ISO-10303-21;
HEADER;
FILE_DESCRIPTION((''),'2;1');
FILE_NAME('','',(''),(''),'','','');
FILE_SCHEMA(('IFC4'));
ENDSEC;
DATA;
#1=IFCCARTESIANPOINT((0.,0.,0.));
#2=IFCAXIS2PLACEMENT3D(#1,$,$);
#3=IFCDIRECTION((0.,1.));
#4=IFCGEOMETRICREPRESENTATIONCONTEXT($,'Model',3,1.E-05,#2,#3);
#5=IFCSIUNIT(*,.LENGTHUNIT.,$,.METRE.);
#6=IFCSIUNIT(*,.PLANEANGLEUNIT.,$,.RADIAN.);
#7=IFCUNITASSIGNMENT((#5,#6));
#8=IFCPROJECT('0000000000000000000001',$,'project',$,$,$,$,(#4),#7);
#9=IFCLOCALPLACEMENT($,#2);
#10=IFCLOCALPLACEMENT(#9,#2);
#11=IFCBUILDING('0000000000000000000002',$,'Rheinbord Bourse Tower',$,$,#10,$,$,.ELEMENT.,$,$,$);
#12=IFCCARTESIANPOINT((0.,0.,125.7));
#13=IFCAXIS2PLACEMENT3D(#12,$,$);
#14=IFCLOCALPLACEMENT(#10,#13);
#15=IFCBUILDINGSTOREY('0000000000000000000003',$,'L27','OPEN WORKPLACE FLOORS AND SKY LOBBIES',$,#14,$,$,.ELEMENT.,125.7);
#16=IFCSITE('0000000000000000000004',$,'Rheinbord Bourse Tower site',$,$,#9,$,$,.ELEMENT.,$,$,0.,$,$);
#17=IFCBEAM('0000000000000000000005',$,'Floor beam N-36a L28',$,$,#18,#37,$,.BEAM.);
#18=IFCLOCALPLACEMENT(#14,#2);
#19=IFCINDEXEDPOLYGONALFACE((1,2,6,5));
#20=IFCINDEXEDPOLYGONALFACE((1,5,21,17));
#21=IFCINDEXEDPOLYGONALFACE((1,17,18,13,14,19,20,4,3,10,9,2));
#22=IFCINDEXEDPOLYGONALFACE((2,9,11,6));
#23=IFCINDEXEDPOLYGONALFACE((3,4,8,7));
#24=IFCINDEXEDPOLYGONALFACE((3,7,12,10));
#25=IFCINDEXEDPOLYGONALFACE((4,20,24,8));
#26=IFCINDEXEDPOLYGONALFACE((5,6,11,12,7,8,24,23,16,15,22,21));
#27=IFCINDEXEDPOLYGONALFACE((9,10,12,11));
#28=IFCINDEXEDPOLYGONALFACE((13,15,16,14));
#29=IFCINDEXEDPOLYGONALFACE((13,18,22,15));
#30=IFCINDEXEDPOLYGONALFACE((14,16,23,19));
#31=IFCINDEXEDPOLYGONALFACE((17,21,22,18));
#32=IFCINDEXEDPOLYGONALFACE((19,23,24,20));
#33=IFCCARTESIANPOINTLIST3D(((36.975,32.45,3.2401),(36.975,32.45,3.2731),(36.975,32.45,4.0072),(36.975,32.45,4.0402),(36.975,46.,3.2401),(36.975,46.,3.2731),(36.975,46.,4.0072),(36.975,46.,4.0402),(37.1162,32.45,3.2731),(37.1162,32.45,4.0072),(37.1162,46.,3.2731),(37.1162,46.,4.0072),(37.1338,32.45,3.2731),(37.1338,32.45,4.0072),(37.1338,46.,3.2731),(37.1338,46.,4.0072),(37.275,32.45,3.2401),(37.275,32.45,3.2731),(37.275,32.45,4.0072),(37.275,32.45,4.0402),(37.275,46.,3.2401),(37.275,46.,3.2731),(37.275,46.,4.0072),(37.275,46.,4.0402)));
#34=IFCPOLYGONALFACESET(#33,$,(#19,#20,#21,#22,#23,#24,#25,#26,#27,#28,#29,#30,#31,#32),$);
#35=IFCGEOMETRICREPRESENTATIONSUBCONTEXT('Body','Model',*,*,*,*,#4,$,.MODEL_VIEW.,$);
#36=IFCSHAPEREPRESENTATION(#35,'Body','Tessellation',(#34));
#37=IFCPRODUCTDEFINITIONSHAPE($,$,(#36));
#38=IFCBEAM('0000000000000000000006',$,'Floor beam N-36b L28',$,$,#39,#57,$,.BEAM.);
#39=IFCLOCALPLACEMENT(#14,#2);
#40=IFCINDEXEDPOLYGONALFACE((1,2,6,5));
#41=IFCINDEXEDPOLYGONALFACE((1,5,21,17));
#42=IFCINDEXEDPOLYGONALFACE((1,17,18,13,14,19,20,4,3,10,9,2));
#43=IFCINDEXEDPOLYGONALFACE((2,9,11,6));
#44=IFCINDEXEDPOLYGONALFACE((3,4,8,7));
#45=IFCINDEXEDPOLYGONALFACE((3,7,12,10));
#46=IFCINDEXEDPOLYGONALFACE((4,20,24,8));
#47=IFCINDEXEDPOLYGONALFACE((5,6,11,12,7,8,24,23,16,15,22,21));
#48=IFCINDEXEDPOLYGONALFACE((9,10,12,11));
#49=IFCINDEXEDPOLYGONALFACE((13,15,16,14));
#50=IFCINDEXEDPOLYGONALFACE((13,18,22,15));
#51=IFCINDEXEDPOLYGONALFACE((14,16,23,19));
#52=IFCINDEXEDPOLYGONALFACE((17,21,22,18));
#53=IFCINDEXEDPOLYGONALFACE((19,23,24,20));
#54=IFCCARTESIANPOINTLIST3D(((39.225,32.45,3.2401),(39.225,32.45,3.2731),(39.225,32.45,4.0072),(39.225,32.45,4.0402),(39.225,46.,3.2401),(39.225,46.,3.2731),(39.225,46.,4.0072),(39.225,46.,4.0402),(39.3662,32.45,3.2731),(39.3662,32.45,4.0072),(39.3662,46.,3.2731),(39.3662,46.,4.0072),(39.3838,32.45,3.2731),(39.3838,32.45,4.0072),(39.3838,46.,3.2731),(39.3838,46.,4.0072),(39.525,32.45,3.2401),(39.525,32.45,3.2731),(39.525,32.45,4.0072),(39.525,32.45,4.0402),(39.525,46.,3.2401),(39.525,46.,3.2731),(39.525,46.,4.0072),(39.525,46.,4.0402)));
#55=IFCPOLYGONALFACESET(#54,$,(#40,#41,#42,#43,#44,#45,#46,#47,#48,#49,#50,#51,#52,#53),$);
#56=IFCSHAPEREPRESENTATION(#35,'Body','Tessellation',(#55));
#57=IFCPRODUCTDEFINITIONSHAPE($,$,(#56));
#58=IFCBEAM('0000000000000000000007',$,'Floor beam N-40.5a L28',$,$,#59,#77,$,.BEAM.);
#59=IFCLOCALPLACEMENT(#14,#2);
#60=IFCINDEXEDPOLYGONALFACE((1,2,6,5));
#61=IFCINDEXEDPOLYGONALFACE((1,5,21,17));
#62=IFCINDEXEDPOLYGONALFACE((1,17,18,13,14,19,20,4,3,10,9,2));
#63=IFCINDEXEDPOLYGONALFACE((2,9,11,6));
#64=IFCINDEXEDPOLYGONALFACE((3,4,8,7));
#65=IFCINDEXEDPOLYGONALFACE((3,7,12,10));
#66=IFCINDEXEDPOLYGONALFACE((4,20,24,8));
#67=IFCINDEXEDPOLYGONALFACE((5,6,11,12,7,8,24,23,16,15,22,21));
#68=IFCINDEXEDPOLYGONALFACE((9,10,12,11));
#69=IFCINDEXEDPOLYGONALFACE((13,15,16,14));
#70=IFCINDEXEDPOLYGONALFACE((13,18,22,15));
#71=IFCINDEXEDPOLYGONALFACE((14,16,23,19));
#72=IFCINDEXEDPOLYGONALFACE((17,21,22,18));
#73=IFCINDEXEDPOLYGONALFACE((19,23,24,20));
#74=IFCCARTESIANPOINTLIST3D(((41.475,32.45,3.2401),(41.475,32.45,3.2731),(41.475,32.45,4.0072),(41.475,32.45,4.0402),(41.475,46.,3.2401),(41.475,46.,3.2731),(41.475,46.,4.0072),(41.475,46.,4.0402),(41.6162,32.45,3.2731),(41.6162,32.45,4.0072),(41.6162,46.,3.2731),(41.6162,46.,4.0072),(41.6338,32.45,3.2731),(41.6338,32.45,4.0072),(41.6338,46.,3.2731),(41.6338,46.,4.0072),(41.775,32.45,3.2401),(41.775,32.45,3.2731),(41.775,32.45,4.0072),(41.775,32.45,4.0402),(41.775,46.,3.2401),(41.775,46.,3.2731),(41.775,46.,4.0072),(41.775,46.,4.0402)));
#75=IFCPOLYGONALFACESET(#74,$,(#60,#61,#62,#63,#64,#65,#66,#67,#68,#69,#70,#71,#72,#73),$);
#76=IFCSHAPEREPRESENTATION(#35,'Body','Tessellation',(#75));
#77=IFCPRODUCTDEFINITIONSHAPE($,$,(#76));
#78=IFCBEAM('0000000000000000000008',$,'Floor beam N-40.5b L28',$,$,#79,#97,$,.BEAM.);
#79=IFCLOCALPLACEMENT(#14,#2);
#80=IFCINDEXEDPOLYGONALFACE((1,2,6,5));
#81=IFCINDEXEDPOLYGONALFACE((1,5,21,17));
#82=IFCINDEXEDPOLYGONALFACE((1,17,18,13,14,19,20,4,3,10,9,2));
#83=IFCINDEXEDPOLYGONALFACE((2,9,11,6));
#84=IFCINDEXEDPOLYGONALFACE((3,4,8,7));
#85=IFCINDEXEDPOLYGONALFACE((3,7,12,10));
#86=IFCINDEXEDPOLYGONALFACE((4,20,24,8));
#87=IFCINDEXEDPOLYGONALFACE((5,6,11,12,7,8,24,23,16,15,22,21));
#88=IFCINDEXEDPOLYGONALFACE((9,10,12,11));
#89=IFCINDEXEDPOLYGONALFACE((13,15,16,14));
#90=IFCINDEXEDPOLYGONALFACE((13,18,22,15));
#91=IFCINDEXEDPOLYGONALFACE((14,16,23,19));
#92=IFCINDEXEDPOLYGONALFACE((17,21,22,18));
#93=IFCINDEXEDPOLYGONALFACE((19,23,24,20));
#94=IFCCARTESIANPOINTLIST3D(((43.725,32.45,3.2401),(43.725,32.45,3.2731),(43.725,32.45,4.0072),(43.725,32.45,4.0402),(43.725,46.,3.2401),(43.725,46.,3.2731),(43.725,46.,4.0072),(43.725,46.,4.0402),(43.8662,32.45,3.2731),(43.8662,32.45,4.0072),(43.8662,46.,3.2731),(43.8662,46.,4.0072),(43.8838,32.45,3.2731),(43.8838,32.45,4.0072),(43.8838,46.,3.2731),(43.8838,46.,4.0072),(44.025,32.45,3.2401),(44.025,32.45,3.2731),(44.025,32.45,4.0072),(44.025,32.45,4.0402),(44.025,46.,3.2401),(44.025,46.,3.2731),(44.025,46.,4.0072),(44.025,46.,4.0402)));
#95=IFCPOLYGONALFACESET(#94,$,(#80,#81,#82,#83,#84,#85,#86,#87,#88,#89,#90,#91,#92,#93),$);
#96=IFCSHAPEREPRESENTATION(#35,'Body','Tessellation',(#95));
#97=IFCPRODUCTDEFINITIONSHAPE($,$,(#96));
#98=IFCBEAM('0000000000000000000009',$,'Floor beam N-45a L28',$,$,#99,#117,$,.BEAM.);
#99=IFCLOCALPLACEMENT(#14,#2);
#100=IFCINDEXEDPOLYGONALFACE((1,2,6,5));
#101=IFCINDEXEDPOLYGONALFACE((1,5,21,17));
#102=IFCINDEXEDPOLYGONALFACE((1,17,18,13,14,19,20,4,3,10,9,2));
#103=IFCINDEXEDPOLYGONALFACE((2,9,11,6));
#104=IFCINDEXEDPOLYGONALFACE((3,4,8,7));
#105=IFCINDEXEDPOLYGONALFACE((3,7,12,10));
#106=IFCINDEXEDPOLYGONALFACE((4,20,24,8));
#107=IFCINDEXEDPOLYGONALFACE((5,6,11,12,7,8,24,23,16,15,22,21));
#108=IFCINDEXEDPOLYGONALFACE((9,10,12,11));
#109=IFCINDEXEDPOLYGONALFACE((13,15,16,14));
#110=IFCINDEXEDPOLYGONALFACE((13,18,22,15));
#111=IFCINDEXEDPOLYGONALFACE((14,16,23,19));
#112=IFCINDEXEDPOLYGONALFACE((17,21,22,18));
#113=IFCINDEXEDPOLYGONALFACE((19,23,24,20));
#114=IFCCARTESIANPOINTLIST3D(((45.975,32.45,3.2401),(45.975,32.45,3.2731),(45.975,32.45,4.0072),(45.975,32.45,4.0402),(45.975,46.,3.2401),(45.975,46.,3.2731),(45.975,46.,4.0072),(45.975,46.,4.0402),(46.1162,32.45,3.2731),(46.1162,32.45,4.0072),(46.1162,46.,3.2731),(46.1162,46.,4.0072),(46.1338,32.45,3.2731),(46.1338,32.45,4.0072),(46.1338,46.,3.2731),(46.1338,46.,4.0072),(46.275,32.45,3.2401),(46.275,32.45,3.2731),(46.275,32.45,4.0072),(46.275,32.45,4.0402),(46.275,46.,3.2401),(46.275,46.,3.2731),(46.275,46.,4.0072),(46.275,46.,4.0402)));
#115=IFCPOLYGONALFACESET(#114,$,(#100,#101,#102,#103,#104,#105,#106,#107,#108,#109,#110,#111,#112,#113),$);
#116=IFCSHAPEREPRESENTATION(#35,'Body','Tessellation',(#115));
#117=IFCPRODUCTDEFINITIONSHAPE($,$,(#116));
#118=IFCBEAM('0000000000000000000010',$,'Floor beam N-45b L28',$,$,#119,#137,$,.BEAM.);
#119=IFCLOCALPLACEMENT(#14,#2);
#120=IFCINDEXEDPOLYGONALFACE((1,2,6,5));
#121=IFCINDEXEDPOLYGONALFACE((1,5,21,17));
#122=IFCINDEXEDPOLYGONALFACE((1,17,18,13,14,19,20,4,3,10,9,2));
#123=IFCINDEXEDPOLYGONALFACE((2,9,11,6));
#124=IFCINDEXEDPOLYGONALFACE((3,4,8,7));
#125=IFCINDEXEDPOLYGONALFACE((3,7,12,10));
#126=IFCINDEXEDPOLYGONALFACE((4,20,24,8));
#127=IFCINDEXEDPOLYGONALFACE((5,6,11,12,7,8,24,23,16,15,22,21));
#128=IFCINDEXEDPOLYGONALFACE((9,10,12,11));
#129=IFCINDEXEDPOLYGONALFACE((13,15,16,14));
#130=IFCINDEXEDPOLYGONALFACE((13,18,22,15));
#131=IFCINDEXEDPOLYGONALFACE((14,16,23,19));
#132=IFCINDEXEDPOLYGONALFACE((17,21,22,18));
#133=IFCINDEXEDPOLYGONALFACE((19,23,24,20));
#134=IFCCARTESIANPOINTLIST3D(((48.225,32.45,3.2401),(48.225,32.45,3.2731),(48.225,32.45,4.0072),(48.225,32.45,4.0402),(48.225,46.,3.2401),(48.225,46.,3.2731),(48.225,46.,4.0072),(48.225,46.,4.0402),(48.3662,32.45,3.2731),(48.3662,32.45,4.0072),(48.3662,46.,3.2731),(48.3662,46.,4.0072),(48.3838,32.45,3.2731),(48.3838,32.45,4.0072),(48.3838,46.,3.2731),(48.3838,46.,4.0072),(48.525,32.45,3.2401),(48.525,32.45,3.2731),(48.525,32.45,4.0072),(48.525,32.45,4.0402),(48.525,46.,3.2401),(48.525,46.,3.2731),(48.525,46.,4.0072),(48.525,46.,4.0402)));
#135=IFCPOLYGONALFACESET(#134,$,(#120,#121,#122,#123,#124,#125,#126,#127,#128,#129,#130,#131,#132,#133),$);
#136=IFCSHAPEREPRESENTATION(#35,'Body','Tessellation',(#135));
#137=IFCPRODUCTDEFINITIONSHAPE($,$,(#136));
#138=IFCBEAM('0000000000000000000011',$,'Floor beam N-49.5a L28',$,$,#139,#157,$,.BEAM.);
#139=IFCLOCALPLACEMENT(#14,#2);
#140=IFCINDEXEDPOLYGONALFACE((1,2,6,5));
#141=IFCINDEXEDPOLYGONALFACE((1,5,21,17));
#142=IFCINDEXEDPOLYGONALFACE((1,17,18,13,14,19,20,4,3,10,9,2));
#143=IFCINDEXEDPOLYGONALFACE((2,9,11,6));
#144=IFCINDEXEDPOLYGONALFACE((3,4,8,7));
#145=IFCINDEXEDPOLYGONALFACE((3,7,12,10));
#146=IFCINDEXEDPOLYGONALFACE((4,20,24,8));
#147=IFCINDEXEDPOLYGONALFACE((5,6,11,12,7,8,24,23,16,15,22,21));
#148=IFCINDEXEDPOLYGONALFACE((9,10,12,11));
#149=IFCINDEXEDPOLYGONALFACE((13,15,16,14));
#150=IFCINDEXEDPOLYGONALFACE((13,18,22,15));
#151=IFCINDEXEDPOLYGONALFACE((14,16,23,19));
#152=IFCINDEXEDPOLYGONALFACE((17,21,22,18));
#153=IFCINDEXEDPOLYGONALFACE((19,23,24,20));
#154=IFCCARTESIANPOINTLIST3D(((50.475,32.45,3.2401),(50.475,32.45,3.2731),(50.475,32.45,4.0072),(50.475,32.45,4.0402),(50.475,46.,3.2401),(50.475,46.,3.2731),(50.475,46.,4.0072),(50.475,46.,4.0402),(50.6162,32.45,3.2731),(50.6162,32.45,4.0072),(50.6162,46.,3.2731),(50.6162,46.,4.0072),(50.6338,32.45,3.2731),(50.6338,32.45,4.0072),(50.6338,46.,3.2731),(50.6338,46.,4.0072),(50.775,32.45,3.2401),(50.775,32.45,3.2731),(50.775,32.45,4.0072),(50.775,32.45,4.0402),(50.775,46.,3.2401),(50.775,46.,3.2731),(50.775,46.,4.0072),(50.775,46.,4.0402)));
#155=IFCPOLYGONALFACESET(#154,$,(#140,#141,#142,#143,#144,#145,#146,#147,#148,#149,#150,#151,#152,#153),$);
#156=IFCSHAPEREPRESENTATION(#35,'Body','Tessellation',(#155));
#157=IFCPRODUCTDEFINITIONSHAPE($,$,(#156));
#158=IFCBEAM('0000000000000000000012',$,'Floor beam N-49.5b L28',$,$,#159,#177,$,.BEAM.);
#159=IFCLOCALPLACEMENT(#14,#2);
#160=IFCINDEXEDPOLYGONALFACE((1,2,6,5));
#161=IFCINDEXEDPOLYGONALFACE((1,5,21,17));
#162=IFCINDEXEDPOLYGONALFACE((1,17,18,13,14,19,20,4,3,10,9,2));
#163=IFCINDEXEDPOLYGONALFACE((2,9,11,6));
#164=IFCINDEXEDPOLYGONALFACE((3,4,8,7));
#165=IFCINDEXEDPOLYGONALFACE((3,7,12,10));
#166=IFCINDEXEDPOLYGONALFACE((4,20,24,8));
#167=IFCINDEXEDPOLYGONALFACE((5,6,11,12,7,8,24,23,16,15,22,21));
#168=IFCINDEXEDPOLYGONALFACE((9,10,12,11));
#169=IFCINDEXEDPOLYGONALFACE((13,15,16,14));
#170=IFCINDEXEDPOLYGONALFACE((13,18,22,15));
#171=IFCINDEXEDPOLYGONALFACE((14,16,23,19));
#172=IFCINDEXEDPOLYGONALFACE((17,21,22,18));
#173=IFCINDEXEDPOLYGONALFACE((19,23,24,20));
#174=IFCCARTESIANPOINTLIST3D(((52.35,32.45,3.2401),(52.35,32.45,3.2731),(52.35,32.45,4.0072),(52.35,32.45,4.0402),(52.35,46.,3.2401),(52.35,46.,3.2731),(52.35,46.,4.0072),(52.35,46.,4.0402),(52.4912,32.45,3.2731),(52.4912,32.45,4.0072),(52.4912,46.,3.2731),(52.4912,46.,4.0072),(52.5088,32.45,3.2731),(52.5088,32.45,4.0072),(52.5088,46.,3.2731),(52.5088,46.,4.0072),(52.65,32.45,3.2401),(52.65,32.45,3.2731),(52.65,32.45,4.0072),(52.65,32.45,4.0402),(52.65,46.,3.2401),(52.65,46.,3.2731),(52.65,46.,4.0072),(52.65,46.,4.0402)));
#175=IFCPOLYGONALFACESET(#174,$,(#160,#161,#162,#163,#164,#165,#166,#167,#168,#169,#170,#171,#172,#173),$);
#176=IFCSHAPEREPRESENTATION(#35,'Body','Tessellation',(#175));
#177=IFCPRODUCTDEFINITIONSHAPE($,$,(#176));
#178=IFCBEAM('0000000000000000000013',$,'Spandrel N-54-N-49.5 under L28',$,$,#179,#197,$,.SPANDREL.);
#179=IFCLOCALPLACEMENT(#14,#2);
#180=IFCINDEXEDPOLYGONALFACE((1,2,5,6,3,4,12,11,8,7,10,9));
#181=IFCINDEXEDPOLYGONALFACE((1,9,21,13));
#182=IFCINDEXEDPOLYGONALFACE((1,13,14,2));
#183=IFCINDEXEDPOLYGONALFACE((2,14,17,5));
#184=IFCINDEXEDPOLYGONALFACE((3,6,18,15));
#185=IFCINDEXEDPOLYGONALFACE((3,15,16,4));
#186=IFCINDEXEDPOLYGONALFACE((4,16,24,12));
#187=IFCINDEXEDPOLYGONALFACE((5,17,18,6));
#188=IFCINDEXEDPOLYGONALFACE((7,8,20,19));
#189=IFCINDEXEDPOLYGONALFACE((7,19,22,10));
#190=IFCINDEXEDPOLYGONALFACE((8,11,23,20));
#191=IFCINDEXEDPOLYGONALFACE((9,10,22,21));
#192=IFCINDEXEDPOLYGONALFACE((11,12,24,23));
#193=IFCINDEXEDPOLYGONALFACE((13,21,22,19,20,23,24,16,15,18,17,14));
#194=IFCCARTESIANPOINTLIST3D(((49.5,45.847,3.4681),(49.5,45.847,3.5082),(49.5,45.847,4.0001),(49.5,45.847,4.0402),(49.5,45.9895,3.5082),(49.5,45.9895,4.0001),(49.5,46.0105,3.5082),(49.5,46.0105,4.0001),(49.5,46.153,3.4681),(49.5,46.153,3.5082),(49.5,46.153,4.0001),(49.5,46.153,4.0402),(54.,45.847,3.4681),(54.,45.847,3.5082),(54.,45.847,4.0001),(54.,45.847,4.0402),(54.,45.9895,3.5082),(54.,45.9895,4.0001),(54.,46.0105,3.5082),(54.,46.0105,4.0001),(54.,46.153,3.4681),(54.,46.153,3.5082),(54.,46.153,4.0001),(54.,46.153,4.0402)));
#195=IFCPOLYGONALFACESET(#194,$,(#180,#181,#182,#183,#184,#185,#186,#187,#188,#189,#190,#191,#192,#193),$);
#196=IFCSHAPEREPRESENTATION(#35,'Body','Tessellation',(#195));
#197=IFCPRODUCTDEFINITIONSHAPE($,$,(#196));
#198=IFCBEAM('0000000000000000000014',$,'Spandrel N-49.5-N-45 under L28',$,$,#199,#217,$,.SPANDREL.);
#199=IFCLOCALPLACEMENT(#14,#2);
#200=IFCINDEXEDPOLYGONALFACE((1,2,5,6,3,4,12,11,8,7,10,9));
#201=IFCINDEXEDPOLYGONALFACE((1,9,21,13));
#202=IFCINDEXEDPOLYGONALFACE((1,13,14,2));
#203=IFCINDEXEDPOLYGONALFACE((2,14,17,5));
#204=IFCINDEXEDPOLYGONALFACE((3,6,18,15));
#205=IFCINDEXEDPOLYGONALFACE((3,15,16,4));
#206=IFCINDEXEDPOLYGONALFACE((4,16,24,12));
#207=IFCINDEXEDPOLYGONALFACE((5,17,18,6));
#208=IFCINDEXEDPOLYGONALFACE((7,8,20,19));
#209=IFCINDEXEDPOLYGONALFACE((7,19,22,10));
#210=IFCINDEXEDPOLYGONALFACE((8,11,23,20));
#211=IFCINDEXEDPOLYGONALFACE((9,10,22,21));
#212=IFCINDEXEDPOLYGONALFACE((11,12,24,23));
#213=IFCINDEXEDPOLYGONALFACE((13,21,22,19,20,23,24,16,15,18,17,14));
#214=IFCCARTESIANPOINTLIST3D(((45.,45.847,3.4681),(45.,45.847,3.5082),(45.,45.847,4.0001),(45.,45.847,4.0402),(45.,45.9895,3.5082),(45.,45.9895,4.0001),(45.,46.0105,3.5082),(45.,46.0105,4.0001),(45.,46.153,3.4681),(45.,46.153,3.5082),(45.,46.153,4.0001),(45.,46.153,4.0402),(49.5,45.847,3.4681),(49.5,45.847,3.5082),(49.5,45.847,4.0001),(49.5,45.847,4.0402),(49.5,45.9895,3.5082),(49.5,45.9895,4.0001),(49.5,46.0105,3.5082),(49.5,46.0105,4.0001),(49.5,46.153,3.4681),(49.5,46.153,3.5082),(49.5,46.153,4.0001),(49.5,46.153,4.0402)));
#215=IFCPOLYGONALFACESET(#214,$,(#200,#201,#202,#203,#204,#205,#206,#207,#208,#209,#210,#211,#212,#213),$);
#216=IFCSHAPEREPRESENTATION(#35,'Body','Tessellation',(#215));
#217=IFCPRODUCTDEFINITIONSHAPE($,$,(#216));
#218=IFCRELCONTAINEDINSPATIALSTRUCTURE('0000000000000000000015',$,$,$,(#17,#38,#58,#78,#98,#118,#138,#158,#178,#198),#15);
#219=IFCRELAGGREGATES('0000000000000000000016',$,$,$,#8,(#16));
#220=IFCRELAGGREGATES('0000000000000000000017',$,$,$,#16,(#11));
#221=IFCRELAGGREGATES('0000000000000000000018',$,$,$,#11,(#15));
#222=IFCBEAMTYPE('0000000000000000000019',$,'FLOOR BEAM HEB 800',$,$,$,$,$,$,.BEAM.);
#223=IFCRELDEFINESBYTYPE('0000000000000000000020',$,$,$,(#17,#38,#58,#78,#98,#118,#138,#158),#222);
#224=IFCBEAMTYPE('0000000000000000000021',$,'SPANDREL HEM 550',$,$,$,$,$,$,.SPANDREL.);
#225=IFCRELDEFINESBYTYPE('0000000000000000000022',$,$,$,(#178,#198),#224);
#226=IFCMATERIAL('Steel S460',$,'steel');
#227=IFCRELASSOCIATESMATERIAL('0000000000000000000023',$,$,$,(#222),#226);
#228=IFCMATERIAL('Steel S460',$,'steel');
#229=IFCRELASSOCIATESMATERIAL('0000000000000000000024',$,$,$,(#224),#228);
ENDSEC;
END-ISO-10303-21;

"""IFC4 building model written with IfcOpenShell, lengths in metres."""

from ifc_helpers import new_model, si_unit, direction, frame, origin, origin_2d, place, context, subcontext, project, spatial, i_section, extrude, material, material_profile, profile_set, type_object, element, save


model = new_model("IFC4")

# Units and contexts
model_context = context("Model", 3, precision=1e-05, world=origin(), true_north=direction((0.0, 1.0)))
body_context = subcontext(model_context, "Body", "Model", "MODEL_VIEW")
ifc_project = project(units=[si_unit("LENGTHUNIT", "METRE"), si_unit("PLANEANGLEUNIT", "RADIAN")], contexts=[model_context])

# Site, building, storey
site_placement = place(None, origin())
site = spatial("IfcSite", under=ifc_project, at=site_placement, Name="Rheinbord Bourse Tower site", CompositionType="ELEMENT", RefElevation=0.0)
building_placement = place(site_placement, origin())
building = spatial("IfcBuilding", under=site, at=building_placement, Name="Rheinbord Bourse Tower", CompositionType="ELEMENT")
storey_placement = place(building_placement, frame((0.0, 0.0, 125.7)))
storey = spatial("IfcBuildingStorey", under=building, at=storey_placement, Name="L27", Description="OPEN WORKPLACE FLOORS AND SKY LOBBIES", CompositionType="ELEMENT", Elevation=125.7)

# Beams
ifc_material_1 = material(Name="Steel S460", Category="steel")
ifc_material_profile_1 = material_profile(ifc_material_1, i_section(OverallWidth=0.3, OverallDepth=0.8, WebThickness=0.0176, FlangeThickness=0.033, at=origin_2d()), Name="HEB 800")
ifc_profile_set_1 = profile_set([ifc_material_profile_1], Name="Steel S460")
beam_type_1 = type_object("IfcBeamType", Name="FLOOR BEAM HEB 800", PredefinedType="BEAM", material=ifc_profile_set_1)
for number, where, z_axis, x_axis, name in (
    (1, (37.125, 46.0, 3.6401), (0.0, -1.0, 0.0), (1.0, 0.0, 0.0), "Floor beam N-36a L28"),
    (2, (39.375, 46.0, 3.6401), (0.0, -1.0, 0.0), (1.0, 0.0, 0.0), "Floor beam N-36b L28"),
    (3, (41.625, 46.0, 3.6401), (0.0, -1.0, 0.0), (1.0, 0.0, 0.0), "Floor beam N-40.5a L28"),
    (4, (43.875, 46.0, 3.6401), (0.0, -1.0, 0.0), (1.0, 0.0, 0.0), "Floor beam N-40.5b L28"),
    (5, (46.125, 46.0, 3.6401), (0.0, -1.0, 0.0), (1.0, 0.0, 0.0), "Floor beam N-45a L28"),
    (6, (48.375, 46.0, 3.6401), (0.0, -1.0, 0.0), (1.0, 0.0, 0.0), "Floor beam N-45b L28"),
    (7, (50.625, 46.0, 3.6401), (0.0, -1.0, 0.0), (1.0, 0.0, 0.0), "Floor beam N-49.5a L28"),
    (8, (52.5, 46.0, 3.6401), (0.0, -1.0, 0.0), (1.0, 0.0, 0.0), "Floor beam N-49.5b L28"),
):
    element("IfcBeam", number, at=place(storey_placement, frame(where, z_axis=z_axis, x_axis=x_axis)), inside=storey, type_object=beam_type_1, Name=name, PredefinedType="BEAM", context=body_context, shape_type="SweptSolid", body=[
        extrude(i_section(OverallWidth=0.3, OverallDepth=0.8, WebThickness=0.0176, FlangeThickness=0.033, at=origin_2d()), origin(), (0.0, 0.0, 1.0), 13.55),
    ])
ifc_material_2 = material(Name="Steel S460", Category="steel")
ifc_material_profile_2 = material_profile(ifc_material_2, i_section(OverallWidth=0.3059, OverallDepth=0.572, WebThickness=0.021, FlangeThickness=0.04, at=origin_2d()), Name="HEM 550")
ifc_profile_set_2 = profile_set([ifc_material_profile_2], Name="Steel S460")
beam_type_2 = type_object("IfcBeamType", Name="SPANDREL HEM 550", PredefinedType="SPANDREL", material=ifc_profile_set_2)
for number, where, z_axis, x_axis, name in (
    (9, (54.0, 46.0, 3.7542), (-1.0, 0.0, 0.0), (0.0, -1.0, 0.0), "Spandrel N-54-N-49.5 under L28"),
    (10, (49.5, 46.0, 3.7542), (-1.0, 0.0, 0.0), (0.0, -1.0, 0.0), "Spandrel N-49.5-N-45 under L28"),
):
    element("IfcBeam", number, at=place(storey_placement, frame(where, z_axis=z_axis, x_axis=x_axis)), inside=storey, type_object=beam_type_2, Name=name, PredefinedType="SPANDREL", context=body_context, shape_type="SweptSolid", body=[
        extrude(i_section(OverallWidth=0.3059, OverallDepth=0.572, WebThickness=0.021, FlangeThickness=0.04, at=origin_2d()), origin(), (0.0, 0.0, 1.0), 4.5),
    ])

save(model, "model.ifc")
